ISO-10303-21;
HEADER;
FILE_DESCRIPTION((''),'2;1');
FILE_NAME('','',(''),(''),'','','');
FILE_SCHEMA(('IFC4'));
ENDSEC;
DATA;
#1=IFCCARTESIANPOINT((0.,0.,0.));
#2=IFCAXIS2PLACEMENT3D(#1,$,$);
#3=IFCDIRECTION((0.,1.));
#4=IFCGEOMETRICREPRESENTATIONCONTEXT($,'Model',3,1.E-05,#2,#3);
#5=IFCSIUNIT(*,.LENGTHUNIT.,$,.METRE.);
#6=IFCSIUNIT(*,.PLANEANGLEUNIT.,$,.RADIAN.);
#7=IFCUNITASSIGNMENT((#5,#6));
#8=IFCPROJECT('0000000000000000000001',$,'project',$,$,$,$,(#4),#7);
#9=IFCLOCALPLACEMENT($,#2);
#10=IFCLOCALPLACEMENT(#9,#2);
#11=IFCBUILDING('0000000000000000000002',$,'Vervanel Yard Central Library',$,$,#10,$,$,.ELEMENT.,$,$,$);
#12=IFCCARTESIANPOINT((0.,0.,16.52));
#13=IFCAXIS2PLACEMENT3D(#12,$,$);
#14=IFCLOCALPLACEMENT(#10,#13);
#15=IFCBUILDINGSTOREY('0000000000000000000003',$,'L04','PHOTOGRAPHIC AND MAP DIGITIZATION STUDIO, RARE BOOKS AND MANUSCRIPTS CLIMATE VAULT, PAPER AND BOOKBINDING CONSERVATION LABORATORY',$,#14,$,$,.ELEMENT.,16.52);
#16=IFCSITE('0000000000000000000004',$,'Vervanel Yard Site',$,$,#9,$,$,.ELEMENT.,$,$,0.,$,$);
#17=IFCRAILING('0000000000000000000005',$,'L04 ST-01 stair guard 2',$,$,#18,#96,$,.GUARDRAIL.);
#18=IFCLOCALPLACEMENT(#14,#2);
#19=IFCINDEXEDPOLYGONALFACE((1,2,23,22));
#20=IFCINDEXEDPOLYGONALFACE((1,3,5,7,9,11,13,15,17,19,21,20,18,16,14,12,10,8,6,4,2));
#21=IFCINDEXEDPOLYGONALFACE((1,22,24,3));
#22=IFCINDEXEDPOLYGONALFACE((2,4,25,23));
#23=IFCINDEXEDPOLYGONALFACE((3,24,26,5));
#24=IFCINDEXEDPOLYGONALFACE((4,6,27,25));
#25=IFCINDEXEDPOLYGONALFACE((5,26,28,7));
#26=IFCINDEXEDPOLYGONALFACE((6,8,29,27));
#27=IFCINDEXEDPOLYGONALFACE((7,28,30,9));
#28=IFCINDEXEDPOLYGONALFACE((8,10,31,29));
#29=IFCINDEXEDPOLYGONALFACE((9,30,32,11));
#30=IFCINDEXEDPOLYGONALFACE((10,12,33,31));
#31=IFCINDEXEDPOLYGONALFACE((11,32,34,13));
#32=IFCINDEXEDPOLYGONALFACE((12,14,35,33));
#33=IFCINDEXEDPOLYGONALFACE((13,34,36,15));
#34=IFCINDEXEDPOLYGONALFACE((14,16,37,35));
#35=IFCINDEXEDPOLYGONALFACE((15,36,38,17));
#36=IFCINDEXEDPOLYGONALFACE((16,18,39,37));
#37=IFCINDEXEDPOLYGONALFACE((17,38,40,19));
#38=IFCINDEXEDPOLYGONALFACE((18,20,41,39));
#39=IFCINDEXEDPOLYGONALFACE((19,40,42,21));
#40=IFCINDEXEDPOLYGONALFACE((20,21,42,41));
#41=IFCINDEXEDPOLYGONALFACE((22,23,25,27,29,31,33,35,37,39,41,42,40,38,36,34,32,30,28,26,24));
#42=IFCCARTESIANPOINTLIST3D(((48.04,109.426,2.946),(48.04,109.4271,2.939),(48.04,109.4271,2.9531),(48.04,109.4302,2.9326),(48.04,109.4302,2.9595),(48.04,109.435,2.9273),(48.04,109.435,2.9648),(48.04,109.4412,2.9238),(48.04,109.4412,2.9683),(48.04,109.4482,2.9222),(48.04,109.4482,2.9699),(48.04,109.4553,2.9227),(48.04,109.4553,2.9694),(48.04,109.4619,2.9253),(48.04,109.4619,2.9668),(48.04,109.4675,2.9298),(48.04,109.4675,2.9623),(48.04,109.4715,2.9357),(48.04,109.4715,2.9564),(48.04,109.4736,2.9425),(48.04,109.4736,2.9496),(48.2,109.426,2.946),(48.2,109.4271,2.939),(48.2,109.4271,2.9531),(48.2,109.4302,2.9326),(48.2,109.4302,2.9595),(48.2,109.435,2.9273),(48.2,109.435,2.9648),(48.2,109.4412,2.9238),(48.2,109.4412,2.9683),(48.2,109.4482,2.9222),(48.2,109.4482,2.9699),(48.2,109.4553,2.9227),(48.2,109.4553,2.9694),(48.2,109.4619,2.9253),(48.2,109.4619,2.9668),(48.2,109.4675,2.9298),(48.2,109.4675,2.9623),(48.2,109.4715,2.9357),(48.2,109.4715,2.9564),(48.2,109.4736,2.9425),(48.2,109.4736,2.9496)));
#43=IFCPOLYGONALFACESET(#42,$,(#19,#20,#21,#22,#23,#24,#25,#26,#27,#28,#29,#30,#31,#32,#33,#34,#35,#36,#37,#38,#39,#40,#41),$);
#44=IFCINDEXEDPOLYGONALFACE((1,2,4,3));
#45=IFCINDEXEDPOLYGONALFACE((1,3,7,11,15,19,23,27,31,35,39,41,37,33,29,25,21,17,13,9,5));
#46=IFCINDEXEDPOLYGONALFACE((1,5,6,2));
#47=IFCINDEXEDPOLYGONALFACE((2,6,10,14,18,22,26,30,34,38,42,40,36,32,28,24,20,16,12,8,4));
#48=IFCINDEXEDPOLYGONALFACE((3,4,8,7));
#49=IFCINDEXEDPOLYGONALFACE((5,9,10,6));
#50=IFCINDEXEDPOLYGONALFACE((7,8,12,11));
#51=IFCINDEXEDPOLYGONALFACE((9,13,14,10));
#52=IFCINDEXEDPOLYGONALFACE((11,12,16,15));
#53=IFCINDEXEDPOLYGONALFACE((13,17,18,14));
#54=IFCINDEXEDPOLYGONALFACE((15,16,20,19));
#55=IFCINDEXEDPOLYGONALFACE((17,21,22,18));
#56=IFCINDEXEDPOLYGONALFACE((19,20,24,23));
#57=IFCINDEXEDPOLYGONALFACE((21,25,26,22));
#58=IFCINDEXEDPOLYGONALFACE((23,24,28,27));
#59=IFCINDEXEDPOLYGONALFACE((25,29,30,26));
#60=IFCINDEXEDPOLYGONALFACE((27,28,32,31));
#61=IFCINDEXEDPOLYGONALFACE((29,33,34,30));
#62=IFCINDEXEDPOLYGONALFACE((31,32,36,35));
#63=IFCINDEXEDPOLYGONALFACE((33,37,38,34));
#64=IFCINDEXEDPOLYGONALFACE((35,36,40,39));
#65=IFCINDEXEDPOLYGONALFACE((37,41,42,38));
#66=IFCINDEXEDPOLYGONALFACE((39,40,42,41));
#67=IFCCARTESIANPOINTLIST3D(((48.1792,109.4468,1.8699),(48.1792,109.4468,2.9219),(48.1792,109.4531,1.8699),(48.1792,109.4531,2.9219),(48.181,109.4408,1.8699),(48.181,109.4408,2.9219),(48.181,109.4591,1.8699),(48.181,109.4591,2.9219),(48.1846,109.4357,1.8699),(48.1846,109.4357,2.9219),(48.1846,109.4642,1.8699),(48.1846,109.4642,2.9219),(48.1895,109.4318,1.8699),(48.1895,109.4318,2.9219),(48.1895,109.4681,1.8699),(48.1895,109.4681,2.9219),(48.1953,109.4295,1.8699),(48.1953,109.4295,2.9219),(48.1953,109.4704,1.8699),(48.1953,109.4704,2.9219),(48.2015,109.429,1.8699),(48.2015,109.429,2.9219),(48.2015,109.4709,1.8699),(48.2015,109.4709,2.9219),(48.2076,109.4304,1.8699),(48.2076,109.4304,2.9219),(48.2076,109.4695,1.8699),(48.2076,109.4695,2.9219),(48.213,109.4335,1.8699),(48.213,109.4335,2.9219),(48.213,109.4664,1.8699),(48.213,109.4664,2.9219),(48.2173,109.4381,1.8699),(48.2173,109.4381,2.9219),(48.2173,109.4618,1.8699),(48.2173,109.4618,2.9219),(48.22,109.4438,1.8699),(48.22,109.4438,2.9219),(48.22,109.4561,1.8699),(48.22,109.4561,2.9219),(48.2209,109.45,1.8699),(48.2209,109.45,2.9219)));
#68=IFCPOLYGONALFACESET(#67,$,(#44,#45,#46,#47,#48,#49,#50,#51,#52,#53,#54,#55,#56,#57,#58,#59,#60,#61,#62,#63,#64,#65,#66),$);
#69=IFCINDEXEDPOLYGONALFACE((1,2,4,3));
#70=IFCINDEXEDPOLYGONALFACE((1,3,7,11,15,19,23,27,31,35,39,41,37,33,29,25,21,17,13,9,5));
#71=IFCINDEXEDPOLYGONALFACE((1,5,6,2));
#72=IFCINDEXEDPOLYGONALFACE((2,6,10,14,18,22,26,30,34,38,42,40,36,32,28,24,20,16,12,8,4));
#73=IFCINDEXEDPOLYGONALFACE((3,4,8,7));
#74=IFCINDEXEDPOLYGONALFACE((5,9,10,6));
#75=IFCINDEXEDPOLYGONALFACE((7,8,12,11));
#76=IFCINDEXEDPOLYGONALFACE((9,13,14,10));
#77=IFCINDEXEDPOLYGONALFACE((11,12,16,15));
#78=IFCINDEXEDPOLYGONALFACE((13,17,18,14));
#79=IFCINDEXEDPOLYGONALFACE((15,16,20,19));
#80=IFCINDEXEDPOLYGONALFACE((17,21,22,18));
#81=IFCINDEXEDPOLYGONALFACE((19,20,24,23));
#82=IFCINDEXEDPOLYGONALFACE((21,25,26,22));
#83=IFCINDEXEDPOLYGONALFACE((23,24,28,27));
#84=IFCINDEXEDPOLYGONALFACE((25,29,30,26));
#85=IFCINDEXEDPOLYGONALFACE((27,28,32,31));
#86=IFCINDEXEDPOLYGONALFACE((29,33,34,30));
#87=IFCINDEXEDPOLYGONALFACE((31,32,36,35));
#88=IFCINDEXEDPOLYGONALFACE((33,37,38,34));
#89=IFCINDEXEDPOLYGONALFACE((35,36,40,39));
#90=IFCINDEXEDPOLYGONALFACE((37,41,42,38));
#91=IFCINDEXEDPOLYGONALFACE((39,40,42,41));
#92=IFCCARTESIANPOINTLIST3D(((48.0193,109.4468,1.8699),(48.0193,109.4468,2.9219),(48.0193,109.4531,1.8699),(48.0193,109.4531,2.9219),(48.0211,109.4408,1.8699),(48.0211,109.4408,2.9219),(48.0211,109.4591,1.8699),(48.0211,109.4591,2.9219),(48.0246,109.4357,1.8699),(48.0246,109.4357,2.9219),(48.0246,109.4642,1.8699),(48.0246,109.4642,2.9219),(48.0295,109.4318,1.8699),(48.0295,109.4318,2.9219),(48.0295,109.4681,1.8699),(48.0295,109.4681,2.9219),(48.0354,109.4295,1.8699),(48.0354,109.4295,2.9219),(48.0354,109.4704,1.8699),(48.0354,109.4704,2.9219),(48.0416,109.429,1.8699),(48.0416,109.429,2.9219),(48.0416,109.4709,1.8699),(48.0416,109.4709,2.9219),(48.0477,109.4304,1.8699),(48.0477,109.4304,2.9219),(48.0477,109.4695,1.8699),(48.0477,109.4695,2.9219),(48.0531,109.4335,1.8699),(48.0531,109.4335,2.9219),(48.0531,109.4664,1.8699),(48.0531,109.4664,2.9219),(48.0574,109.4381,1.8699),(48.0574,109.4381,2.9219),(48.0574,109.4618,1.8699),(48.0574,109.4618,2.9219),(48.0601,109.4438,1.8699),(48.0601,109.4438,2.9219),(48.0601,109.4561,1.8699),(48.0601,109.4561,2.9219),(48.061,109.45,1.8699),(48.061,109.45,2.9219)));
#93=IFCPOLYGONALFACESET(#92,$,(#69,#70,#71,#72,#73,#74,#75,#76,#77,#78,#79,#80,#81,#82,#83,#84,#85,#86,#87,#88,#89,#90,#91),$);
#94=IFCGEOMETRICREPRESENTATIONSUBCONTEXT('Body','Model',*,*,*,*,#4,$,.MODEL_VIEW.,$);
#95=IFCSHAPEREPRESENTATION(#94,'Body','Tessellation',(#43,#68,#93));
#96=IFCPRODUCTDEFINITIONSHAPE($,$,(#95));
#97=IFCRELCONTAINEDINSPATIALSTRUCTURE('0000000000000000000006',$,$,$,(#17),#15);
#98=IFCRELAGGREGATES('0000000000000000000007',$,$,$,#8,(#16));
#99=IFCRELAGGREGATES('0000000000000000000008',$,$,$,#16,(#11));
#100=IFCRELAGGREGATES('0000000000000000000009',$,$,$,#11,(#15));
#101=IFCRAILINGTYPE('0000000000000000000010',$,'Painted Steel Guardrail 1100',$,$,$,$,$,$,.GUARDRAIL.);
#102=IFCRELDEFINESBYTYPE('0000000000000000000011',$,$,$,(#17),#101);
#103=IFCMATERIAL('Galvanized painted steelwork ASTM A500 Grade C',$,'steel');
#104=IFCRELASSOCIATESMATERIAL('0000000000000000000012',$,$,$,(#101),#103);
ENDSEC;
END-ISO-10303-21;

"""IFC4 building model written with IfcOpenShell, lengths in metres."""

from ifc_helpers import new_model, si_unit, direction, frame, origin, origin_2d, place, context, subcontext, project, spatial, circle, extrude, material, type_object, element, save


model = new_model("IFC4")

# Units and contexts
model_context = context("Model", 3, precision=1e-05, world=origin(), true_north=direction((0.0, 1.0)))
body_context = subcontext(model_context, "Body", "Model", "MODEL_VIEW")
ifc_project = project(units=[si_unit("LENGTHUNIT", "METRE"), si_unit("PLANEANGLEUNIT", "RADIAN")], contexts=[model_context])

# Site, building, storey
site_placement = place(None, origin())
site = spatial("IfcSite", under=ifc_project, at=site_placement, Name="Vervanel Yard Site", CompositionType="ELEMENT", RefElevation=0.0)
building_placement = place(site_placement, origin())
building = spatial("IfcBuilding", under=site, at=building_placement, Name="Vervanel Yard Central Library", CompositionType="ELEMENT")
storey_placement = place(building_placement, frame((0.0, 0.0, 16.52)))
storey = spatial("IfcBuildingStorey", under=building, at=storey_placement, Name="L04", Description="PHOTOGRAPHIC AND MAP DIGITIZATION STUDIO, RARE BOOKS AND MANUSCRIPTS CLIMATE VAULT, PAPER AND BOOKBINDING CONSERVATION LABORATORY", CompositionType="ELEMENT", Elevation=16.52)

# Shared definitions
ifc_material_1 = material(Name="Galvanized painted steelwork ASTM A500 Grade C", Category="steel")

# Railing
railing_type_1 = type_object("IfcRailingType", Name="Painted Steel Guardrail 1100", PredefinedType="GUARDRAIL", material=ifc_material_1)
railing_1_placement = place(storey_placement, frame((48.2, 109.45, 1.8699)))
element("IfcRailing", 1, at=railing_1_placement, inside=storey, type_object=railing_type_1, Name="L04 ST-01 stair guard 2", PredefinedType="GUARDRAIL", context=body_context, shape_type="SweptSolid", body=[
    extrude(circle(Radius=0.0239, at=origin_2d()), frame((0.0, 0.0, 1.0762), z_axis=(-1.0, 0.0, 0.0), x_axis=(0.0, -1.0, 0.0)), (0.0, 0.0, 1.0), 0.1599),
    extrude(circle(Radius=0.021, at=origin_2d()), origin(), (0.0, 0.0, 1.0), 1.052),
    extrude(circle(Radius=0.021, at=origin_2d()), frame((-0.1599, 0.0, 0.0)), (0.0, 0.0, 1.0), 1.052),
])

save(model, "model.ifc")
